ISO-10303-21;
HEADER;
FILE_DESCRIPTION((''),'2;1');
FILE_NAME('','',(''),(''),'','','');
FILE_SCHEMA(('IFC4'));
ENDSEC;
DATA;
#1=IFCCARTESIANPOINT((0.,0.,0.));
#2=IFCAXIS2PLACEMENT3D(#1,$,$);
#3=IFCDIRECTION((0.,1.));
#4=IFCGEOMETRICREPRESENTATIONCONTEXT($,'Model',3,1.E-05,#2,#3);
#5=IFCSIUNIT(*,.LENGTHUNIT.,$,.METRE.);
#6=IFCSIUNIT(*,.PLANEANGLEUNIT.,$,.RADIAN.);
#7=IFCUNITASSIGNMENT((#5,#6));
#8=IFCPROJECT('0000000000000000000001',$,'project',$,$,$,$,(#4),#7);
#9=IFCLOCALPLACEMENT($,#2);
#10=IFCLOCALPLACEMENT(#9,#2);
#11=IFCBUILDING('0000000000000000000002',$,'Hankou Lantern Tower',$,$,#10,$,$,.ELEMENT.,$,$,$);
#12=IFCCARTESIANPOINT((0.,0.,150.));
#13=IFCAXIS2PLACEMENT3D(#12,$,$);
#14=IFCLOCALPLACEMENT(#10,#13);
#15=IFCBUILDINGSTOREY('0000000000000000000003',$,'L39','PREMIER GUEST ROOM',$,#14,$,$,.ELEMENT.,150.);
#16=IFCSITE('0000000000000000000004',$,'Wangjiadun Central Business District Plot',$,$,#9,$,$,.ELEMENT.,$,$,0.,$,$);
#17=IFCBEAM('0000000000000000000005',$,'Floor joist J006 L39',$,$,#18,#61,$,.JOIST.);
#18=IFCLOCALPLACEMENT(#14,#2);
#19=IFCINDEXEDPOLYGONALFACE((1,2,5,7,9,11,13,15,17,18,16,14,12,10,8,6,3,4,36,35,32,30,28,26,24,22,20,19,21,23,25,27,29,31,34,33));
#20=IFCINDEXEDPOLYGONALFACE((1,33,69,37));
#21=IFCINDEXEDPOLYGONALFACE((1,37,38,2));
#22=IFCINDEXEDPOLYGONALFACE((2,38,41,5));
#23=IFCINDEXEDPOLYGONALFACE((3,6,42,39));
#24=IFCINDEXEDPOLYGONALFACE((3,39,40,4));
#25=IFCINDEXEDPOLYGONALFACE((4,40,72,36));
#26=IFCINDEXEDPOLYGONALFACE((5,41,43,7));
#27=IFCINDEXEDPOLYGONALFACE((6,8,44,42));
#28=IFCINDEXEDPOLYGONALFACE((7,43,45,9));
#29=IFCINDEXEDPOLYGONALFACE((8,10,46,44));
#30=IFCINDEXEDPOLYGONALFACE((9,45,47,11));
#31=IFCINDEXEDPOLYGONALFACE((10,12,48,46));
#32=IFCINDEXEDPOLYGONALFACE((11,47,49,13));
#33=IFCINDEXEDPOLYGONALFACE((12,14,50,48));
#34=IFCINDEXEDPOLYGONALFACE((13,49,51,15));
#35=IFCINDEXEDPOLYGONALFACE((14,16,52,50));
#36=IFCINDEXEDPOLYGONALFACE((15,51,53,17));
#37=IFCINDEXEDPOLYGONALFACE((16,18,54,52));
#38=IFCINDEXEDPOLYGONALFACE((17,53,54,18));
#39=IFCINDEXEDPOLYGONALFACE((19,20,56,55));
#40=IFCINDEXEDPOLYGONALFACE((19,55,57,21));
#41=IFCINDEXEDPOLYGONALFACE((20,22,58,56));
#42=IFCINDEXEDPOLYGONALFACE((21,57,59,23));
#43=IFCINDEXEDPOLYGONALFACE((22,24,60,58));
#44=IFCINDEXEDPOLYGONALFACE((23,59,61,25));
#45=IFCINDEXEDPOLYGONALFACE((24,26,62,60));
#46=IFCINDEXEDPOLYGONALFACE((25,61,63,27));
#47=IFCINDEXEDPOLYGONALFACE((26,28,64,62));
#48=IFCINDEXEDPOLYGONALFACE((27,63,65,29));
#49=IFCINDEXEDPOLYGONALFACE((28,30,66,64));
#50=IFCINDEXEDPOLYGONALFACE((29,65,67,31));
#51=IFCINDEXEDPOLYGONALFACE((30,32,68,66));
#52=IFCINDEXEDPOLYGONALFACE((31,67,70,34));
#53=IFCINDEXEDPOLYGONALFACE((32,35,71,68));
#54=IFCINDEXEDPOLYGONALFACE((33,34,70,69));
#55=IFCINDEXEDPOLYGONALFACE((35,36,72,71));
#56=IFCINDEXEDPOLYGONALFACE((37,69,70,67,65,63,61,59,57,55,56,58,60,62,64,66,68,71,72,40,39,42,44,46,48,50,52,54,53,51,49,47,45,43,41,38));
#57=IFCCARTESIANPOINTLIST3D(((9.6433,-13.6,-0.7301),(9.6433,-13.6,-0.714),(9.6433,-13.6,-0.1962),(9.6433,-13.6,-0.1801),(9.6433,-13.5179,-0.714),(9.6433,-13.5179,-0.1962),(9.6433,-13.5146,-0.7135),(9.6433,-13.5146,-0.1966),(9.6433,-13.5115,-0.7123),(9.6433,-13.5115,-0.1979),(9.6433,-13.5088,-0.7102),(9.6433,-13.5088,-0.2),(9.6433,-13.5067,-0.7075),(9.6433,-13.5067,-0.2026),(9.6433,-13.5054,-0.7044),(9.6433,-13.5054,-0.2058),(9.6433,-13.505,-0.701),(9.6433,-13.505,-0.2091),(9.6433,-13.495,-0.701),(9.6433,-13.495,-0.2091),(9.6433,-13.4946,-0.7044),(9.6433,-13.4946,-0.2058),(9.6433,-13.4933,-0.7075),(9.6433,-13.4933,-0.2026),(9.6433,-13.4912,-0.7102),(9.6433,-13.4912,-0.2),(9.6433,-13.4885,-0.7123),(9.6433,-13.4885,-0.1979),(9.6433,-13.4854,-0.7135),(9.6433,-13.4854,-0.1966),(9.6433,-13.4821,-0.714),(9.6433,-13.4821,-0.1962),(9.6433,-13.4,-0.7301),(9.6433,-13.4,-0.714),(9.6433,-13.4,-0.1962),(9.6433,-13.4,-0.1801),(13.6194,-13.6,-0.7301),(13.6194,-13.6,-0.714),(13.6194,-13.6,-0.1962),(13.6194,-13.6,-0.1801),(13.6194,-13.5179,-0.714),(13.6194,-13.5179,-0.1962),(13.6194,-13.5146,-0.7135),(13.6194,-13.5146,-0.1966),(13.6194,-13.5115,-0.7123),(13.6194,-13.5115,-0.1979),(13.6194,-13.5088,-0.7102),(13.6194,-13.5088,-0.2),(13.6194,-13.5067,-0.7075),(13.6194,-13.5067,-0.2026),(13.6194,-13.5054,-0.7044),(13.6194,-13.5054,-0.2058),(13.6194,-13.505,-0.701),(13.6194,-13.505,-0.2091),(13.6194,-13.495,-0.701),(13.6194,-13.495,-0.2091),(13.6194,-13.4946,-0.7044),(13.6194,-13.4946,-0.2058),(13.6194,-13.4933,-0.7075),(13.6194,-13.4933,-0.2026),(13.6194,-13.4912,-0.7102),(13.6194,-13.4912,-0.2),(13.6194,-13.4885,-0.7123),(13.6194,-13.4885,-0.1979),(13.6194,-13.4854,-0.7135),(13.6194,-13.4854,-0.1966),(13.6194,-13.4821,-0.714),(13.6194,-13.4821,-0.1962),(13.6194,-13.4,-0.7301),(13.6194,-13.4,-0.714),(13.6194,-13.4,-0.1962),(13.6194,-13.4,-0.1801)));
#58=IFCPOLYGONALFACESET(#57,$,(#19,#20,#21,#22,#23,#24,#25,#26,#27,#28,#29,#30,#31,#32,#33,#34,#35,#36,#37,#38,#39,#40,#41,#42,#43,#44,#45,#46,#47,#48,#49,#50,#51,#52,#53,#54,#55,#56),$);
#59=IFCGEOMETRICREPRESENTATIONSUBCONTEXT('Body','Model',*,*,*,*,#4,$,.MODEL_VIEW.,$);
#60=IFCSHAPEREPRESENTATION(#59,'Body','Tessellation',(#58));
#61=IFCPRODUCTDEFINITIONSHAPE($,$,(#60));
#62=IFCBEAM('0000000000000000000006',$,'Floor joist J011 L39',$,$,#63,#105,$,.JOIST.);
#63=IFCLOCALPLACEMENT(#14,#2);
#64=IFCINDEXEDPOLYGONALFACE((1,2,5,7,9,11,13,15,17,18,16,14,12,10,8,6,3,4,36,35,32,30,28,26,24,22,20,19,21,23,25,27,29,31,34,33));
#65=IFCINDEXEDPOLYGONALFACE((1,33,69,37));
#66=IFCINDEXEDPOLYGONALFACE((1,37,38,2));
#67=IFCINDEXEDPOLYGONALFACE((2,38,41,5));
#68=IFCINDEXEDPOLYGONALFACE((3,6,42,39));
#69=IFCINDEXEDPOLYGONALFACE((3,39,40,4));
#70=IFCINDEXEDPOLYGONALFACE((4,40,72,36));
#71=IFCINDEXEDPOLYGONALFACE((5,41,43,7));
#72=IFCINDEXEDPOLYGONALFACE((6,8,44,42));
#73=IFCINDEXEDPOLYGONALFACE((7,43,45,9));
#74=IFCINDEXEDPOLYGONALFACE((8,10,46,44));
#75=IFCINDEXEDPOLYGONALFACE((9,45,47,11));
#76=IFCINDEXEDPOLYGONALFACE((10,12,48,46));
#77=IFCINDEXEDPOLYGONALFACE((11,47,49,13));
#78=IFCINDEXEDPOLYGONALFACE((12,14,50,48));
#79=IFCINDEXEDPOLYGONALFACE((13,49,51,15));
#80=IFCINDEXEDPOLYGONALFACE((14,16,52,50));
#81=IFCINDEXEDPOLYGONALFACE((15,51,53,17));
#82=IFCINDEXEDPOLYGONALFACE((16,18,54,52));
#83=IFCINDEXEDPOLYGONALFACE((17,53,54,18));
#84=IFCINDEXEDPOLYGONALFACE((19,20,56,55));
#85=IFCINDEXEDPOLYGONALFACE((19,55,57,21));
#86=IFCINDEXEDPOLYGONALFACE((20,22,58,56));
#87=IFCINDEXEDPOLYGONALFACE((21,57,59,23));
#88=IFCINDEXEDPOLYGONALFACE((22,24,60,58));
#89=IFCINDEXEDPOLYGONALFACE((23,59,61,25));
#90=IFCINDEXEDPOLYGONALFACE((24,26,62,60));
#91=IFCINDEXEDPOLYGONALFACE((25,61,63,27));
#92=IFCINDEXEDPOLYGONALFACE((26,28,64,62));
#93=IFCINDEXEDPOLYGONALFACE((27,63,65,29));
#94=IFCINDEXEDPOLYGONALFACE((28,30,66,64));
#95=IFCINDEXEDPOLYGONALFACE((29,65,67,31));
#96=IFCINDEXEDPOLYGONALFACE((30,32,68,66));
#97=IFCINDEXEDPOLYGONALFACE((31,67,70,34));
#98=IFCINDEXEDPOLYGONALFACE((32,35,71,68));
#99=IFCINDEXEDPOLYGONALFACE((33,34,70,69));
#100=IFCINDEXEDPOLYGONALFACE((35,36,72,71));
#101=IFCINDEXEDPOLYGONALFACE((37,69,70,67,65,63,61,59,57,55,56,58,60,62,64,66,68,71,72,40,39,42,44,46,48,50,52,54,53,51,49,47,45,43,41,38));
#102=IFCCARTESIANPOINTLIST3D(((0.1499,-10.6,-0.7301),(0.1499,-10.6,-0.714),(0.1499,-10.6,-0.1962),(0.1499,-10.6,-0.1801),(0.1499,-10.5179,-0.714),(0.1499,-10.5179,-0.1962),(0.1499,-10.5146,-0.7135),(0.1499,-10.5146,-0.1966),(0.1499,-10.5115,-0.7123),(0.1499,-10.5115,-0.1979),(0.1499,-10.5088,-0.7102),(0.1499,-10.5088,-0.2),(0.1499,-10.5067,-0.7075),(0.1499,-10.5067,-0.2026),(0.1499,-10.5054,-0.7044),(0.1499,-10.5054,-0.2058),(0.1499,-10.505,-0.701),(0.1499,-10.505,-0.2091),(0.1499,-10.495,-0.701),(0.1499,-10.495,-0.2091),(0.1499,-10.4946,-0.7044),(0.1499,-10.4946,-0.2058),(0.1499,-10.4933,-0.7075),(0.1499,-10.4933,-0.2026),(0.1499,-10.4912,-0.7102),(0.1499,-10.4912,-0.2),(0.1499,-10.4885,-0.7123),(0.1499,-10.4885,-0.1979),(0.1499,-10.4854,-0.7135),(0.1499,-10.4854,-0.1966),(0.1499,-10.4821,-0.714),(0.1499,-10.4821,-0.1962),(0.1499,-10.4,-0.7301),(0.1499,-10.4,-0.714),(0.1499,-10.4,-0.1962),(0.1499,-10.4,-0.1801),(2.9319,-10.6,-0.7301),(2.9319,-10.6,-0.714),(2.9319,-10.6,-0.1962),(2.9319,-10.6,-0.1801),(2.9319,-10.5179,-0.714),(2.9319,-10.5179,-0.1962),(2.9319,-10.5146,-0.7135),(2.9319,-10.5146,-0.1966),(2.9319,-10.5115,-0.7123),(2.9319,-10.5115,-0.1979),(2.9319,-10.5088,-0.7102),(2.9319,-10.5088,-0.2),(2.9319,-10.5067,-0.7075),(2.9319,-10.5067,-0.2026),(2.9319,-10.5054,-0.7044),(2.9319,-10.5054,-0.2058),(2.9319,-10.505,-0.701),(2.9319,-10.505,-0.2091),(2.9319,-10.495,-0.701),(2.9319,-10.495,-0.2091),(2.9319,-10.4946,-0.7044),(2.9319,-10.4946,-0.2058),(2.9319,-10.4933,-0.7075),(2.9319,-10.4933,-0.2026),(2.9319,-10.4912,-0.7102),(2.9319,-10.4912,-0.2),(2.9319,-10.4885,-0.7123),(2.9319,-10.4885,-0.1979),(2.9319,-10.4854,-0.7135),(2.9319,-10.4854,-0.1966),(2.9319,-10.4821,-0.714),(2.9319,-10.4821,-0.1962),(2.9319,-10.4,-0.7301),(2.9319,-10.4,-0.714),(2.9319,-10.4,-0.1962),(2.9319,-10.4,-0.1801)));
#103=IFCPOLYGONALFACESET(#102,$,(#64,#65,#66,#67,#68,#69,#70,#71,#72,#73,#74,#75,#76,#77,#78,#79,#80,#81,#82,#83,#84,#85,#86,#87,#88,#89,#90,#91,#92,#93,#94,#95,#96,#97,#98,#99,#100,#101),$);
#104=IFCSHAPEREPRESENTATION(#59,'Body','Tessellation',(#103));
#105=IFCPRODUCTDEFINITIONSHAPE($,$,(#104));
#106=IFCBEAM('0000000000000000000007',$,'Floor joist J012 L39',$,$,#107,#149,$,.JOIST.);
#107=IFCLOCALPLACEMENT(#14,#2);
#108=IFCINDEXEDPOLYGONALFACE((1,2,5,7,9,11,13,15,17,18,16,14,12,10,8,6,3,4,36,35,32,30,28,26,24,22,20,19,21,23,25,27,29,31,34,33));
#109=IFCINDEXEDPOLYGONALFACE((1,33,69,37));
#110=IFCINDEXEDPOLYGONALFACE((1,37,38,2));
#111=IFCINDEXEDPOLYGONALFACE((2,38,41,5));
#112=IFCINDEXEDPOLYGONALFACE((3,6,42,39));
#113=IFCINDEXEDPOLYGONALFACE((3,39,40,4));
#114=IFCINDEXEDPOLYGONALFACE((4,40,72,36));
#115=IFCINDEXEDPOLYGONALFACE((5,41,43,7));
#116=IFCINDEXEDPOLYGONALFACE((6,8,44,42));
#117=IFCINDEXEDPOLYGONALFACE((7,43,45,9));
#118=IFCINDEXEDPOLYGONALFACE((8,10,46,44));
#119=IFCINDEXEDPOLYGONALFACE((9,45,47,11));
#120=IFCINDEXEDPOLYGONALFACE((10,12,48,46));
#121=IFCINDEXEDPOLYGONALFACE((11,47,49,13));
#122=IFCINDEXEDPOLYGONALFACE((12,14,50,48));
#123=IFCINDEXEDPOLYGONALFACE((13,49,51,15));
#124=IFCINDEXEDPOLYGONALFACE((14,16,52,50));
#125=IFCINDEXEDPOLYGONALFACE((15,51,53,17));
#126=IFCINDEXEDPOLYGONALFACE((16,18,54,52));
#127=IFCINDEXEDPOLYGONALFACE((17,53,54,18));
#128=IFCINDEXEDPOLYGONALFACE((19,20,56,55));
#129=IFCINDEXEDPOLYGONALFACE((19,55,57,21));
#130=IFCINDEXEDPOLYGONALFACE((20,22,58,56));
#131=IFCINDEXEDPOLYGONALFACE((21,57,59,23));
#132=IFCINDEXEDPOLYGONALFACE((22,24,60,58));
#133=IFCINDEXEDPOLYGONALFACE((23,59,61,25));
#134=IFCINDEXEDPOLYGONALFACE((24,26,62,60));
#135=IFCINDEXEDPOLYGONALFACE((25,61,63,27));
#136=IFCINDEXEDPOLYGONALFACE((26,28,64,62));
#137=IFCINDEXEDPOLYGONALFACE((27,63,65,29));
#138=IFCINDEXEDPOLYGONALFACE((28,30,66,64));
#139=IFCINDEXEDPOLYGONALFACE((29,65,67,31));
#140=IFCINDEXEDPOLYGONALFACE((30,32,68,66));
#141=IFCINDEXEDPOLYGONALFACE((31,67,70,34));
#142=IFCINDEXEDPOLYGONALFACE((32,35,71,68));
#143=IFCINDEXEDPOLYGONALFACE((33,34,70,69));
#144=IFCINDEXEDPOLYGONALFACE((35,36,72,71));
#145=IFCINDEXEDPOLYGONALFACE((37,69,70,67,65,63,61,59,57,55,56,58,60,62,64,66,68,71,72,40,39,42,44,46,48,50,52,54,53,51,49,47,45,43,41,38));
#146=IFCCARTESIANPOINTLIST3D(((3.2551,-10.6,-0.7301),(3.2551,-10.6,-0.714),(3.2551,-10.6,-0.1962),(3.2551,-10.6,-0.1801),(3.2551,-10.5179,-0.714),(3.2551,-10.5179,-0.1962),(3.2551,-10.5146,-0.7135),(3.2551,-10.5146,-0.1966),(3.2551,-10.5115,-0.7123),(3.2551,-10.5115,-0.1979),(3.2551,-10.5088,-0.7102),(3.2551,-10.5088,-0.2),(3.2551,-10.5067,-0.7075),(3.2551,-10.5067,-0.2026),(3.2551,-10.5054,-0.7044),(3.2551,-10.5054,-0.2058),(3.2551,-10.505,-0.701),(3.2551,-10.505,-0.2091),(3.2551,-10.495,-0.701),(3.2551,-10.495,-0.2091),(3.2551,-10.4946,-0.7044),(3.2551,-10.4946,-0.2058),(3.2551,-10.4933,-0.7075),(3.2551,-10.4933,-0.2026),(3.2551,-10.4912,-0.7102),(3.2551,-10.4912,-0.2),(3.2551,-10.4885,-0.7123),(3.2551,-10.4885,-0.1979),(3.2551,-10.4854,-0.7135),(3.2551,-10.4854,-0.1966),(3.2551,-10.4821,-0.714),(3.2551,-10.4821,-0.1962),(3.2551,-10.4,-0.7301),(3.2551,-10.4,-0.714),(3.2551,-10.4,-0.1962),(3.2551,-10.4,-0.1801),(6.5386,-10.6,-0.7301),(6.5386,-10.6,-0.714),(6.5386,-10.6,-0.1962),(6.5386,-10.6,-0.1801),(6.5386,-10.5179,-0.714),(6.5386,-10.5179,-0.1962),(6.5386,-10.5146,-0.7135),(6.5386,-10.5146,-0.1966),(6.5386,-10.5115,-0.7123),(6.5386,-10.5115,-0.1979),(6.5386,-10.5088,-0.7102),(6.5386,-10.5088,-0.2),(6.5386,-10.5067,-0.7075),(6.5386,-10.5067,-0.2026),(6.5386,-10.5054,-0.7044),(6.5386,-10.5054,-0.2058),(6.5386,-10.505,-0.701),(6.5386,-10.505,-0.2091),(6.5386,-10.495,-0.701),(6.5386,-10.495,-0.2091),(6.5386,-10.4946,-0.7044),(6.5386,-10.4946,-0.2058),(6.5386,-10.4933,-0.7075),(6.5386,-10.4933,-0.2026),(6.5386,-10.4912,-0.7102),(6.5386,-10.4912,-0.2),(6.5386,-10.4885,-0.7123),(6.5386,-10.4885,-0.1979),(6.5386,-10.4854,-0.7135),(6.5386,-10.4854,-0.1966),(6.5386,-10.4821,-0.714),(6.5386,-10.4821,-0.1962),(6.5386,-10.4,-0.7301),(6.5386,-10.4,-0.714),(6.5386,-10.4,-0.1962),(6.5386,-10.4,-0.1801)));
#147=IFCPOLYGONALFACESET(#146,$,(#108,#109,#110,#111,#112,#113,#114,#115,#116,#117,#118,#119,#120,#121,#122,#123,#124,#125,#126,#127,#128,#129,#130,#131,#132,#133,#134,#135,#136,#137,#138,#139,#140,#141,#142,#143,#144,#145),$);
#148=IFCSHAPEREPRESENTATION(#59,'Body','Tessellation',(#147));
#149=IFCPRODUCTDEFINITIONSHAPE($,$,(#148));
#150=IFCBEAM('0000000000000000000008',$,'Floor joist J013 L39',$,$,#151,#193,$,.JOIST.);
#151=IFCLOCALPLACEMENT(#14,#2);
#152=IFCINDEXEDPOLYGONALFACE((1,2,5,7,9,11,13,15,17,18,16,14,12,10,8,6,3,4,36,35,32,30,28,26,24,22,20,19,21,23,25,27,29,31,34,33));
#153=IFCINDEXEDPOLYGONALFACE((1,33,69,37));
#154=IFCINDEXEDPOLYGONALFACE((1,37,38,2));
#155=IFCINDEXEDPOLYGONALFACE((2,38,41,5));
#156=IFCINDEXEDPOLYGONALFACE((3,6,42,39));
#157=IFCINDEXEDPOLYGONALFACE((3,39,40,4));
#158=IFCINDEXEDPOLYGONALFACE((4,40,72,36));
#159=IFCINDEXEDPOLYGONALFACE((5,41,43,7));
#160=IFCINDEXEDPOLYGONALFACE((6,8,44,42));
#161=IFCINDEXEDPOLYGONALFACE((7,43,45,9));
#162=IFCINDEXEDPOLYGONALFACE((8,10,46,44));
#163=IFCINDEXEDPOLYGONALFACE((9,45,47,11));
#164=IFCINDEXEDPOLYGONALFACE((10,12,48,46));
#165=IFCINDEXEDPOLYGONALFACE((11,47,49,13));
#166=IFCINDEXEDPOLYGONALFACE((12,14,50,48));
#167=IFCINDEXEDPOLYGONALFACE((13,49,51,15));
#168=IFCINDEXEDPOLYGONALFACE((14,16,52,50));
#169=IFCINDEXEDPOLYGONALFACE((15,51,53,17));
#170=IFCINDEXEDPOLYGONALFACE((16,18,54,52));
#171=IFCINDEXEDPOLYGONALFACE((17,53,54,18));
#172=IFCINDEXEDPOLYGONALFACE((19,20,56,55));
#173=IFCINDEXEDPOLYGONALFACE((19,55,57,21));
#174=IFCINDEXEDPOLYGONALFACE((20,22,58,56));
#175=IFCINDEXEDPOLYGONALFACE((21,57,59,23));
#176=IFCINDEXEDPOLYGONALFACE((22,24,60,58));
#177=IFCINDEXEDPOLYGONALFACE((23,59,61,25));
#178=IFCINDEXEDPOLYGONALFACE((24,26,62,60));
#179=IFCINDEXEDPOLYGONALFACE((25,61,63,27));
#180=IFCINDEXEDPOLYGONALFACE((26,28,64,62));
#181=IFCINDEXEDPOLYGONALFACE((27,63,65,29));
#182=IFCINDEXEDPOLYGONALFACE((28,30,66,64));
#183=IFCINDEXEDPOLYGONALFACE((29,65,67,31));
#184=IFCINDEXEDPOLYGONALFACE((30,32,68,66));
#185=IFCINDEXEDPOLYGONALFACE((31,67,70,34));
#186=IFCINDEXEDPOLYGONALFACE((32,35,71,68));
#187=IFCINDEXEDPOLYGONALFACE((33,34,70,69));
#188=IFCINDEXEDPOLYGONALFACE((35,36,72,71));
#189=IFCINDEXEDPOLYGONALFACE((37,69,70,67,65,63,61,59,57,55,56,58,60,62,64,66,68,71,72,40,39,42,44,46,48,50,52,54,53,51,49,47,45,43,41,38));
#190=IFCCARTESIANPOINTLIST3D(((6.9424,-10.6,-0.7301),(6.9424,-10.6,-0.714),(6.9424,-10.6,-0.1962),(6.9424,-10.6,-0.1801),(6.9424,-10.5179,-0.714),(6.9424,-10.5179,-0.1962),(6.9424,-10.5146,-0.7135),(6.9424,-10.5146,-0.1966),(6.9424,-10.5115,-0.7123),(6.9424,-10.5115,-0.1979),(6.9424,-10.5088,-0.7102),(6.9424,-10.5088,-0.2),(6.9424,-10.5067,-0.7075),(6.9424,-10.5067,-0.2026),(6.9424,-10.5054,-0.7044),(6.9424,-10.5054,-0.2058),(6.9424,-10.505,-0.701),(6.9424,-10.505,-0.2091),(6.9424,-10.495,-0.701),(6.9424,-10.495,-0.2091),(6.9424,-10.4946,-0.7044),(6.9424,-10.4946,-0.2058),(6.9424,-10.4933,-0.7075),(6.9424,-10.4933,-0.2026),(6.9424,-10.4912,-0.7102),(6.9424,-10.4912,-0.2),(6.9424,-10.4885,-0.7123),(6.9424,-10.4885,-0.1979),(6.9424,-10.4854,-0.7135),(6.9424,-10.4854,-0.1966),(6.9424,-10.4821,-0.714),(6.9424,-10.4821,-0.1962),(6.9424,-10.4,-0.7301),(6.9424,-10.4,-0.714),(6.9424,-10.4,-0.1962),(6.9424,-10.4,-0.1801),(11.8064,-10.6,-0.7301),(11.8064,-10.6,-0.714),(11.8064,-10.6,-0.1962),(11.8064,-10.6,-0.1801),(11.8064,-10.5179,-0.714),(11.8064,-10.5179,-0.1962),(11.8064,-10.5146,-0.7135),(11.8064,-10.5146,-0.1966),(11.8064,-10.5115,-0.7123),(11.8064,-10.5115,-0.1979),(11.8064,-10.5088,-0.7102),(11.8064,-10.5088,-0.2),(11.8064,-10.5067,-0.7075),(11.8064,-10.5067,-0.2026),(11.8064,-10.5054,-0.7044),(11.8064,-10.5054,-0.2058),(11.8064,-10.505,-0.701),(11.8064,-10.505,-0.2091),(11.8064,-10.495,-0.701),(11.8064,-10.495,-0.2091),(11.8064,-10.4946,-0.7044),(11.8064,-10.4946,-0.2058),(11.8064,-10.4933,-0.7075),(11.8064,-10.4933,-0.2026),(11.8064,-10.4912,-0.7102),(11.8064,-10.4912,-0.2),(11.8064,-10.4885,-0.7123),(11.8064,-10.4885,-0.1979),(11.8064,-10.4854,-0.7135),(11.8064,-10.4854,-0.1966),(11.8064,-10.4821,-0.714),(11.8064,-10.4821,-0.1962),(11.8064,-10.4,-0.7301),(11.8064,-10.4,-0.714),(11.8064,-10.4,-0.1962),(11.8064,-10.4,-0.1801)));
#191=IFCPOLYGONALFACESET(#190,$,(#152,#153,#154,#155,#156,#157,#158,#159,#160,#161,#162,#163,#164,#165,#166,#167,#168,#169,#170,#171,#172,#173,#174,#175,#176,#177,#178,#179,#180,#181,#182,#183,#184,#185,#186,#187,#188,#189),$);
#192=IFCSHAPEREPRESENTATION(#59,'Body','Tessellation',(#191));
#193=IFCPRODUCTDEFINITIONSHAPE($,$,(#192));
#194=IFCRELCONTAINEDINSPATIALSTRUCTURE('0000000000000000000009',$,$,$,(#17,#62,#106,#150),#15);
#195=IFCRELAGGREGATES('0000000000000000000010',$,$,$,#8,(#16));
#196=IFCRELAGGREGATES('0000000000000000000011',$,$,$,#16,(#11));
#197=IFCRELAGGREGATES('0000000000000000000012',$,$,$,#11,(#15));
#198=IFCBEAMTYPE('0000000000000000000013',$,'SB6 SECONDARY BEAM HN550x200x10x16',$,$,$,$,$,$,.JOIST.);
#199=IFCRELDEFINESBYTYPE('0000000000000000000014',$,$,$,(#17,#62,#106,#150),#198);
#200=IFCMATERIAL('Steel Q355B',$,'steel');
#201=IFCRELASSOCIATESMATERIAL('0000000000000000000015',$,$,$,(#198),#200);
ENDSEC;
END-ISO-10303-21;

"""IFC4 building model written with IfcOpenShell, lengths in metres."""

from ifc_helpers import new_model, si_unit, direction, frame, origin, origin_2d, place, context, subcontext, project, spatial, i_section, extrude, material, material_profile, profile_set, type_object, element, save


model = new_model("IFC4")

# Units and contexts
model_context = context("Model", 3, precision=1e-05, world=origin(), true_north=direction((0.0, 1.0)))
body_context = subcontext(model_context, "Body", "Model", "MODEL_VIEW")
ifc_project = project(units=[si_unit("LENGTHUNIT", "METRE"), si_unit("PLANEANGLEUNIT", "RADIAN")], contexts=[model_context])

# Site, building, storey
site_placement = place(None, origin())
site = spatial("IfcSite", under=ifc_project, at=site_placement, Name="Wangjiadun Central Business District Plot", CompositionType="ELEMENT", RefElevation=0.0)
building_placement = place(site_placement, origin())
building = spatial("IfcBuilding", under=site, at=building_placement, Name="Hankou Lantern Tower", CompositionType="ELEMENT")
storey_placement = place(building_placement, frame((0.0, 0.0, 150.0)))
storey = spatial("IfcBuildingStorey", under=building, at=storey_placement, Name="L39", Description="PREMIER GUEST ROOM", CompositionType="ELEMENT", Elevation=150.0)

# Beams
ifc_material_1 = material(Name="Steel Q355B", Category="steel")
ifc_material_profile_1 = material_profile(ifc_material_1, i_section(OverallWidth=0.2, OverallDepth=0.55, WebThickness=0.01, FlangeThickness=0.0161, FilletRadius=0.0129, at=origin_2d()), Name="HN550x200x10x16")
ifc_profile_set_1 = profile_set([ifc_material_profile_1], Name="Steel Q355B")
beam_type_1 = type_object("IfcBeamType", Name="SB6 SECONDARY BEAM HN550x200x10x16", PredefinedType="JOIST", material=ifc_profile_set_1)
beam_1_placement = place(storey_placement, frame((9.6433, -13.5, -0.4551), z_axis=(1.0, 0.0, 0.0), x_axis=(0.0, 1.0, 0.0)))
element("IfcBeam", 1, at=beam_1_placement, inside=storey, type_object=beam_type_1, Name="Floor joist J006 L39", PredefinedType="JOIST", context=body_context, shape_type="SweptSolid", body=[
    extrude(i_section(OverallWidth=0.2, OverallDepth=0.55, WebThickness=0.01, FlangeThickness=0.0161, FilletRadius=0.0129, at=origin_2d()), origin(), (0.0, 0.0, 1.0), 3.9761),
])
beam_2_placement = place(storey_placement, frame((0.1499, -10.5, -0.4551), z_axis=(1.0, 0.0, 0.0), x_axis=(0.0, 1.0, 0.0)))
element("IfcBeam", 2, at=beam_2_placement, inside=storey, type_object=beam_type_1, Name="Floor joist J011 L39", PredefinedType="JOIST", context=body_context, shape_type="SweptSolid", body=[
    extrude(i_section(OverallWidth=0.2, OverallDepth=0.55, WebThickness=0.01, FlangeThickness=0.0161, FilletRadius=0.0129, at=origin_2d()), origin(), (0.0, 0.0, 1.0), 2.782),
])
beam_3_placement = place(storey_placement, frame((3.2551, -10.5, -0.4551), z_axis=(1.0, 0.0, 0.0), x_axis=(0.0, 1.0, 0.0)))
element("IfcBeam", 3, at=beam_3_placement, inside=storey, type_object=beam_type_1, Name="Floor joist J012 L39", PredefinedType="JOIST", context=body_context, shape_type="SweptSolid", body=[
    extrude(i_section(OverallWidth=0.2, OverallDepth=0.55, WebThickness=0.01, FlangeThickness=0.0161, FilletRadius=0.0129, at=origin_2d()), origin(), (0.0, 0.0, 1.0), 3.2834),
])
beam_4_placement = place(storey_placement, frame((6.9424, -10.5, -0.4551), z_axis=(1.0, 0.0, 0.0), x_axis=(0.0, 1.0, 0.0)))
element("IfcBeam", 4, at=beam_4_placement, inside=storey, type_object=beam_type_1, Name="Floor joist J013 L39", PredefinedType="JOIST", context=body_context, shape_type="SweptSolid", body=[
    extrude(i_section(OverallWidth=0.2, OverallDepth=0.55, WebThickness=0.01, FlangeThickness=0.0161, FilletRadius=0.0129, at=origin_2d()), origin(), (0.0, 0.0, 1.0), 4.864),
])

save(model, "model.ifc")
